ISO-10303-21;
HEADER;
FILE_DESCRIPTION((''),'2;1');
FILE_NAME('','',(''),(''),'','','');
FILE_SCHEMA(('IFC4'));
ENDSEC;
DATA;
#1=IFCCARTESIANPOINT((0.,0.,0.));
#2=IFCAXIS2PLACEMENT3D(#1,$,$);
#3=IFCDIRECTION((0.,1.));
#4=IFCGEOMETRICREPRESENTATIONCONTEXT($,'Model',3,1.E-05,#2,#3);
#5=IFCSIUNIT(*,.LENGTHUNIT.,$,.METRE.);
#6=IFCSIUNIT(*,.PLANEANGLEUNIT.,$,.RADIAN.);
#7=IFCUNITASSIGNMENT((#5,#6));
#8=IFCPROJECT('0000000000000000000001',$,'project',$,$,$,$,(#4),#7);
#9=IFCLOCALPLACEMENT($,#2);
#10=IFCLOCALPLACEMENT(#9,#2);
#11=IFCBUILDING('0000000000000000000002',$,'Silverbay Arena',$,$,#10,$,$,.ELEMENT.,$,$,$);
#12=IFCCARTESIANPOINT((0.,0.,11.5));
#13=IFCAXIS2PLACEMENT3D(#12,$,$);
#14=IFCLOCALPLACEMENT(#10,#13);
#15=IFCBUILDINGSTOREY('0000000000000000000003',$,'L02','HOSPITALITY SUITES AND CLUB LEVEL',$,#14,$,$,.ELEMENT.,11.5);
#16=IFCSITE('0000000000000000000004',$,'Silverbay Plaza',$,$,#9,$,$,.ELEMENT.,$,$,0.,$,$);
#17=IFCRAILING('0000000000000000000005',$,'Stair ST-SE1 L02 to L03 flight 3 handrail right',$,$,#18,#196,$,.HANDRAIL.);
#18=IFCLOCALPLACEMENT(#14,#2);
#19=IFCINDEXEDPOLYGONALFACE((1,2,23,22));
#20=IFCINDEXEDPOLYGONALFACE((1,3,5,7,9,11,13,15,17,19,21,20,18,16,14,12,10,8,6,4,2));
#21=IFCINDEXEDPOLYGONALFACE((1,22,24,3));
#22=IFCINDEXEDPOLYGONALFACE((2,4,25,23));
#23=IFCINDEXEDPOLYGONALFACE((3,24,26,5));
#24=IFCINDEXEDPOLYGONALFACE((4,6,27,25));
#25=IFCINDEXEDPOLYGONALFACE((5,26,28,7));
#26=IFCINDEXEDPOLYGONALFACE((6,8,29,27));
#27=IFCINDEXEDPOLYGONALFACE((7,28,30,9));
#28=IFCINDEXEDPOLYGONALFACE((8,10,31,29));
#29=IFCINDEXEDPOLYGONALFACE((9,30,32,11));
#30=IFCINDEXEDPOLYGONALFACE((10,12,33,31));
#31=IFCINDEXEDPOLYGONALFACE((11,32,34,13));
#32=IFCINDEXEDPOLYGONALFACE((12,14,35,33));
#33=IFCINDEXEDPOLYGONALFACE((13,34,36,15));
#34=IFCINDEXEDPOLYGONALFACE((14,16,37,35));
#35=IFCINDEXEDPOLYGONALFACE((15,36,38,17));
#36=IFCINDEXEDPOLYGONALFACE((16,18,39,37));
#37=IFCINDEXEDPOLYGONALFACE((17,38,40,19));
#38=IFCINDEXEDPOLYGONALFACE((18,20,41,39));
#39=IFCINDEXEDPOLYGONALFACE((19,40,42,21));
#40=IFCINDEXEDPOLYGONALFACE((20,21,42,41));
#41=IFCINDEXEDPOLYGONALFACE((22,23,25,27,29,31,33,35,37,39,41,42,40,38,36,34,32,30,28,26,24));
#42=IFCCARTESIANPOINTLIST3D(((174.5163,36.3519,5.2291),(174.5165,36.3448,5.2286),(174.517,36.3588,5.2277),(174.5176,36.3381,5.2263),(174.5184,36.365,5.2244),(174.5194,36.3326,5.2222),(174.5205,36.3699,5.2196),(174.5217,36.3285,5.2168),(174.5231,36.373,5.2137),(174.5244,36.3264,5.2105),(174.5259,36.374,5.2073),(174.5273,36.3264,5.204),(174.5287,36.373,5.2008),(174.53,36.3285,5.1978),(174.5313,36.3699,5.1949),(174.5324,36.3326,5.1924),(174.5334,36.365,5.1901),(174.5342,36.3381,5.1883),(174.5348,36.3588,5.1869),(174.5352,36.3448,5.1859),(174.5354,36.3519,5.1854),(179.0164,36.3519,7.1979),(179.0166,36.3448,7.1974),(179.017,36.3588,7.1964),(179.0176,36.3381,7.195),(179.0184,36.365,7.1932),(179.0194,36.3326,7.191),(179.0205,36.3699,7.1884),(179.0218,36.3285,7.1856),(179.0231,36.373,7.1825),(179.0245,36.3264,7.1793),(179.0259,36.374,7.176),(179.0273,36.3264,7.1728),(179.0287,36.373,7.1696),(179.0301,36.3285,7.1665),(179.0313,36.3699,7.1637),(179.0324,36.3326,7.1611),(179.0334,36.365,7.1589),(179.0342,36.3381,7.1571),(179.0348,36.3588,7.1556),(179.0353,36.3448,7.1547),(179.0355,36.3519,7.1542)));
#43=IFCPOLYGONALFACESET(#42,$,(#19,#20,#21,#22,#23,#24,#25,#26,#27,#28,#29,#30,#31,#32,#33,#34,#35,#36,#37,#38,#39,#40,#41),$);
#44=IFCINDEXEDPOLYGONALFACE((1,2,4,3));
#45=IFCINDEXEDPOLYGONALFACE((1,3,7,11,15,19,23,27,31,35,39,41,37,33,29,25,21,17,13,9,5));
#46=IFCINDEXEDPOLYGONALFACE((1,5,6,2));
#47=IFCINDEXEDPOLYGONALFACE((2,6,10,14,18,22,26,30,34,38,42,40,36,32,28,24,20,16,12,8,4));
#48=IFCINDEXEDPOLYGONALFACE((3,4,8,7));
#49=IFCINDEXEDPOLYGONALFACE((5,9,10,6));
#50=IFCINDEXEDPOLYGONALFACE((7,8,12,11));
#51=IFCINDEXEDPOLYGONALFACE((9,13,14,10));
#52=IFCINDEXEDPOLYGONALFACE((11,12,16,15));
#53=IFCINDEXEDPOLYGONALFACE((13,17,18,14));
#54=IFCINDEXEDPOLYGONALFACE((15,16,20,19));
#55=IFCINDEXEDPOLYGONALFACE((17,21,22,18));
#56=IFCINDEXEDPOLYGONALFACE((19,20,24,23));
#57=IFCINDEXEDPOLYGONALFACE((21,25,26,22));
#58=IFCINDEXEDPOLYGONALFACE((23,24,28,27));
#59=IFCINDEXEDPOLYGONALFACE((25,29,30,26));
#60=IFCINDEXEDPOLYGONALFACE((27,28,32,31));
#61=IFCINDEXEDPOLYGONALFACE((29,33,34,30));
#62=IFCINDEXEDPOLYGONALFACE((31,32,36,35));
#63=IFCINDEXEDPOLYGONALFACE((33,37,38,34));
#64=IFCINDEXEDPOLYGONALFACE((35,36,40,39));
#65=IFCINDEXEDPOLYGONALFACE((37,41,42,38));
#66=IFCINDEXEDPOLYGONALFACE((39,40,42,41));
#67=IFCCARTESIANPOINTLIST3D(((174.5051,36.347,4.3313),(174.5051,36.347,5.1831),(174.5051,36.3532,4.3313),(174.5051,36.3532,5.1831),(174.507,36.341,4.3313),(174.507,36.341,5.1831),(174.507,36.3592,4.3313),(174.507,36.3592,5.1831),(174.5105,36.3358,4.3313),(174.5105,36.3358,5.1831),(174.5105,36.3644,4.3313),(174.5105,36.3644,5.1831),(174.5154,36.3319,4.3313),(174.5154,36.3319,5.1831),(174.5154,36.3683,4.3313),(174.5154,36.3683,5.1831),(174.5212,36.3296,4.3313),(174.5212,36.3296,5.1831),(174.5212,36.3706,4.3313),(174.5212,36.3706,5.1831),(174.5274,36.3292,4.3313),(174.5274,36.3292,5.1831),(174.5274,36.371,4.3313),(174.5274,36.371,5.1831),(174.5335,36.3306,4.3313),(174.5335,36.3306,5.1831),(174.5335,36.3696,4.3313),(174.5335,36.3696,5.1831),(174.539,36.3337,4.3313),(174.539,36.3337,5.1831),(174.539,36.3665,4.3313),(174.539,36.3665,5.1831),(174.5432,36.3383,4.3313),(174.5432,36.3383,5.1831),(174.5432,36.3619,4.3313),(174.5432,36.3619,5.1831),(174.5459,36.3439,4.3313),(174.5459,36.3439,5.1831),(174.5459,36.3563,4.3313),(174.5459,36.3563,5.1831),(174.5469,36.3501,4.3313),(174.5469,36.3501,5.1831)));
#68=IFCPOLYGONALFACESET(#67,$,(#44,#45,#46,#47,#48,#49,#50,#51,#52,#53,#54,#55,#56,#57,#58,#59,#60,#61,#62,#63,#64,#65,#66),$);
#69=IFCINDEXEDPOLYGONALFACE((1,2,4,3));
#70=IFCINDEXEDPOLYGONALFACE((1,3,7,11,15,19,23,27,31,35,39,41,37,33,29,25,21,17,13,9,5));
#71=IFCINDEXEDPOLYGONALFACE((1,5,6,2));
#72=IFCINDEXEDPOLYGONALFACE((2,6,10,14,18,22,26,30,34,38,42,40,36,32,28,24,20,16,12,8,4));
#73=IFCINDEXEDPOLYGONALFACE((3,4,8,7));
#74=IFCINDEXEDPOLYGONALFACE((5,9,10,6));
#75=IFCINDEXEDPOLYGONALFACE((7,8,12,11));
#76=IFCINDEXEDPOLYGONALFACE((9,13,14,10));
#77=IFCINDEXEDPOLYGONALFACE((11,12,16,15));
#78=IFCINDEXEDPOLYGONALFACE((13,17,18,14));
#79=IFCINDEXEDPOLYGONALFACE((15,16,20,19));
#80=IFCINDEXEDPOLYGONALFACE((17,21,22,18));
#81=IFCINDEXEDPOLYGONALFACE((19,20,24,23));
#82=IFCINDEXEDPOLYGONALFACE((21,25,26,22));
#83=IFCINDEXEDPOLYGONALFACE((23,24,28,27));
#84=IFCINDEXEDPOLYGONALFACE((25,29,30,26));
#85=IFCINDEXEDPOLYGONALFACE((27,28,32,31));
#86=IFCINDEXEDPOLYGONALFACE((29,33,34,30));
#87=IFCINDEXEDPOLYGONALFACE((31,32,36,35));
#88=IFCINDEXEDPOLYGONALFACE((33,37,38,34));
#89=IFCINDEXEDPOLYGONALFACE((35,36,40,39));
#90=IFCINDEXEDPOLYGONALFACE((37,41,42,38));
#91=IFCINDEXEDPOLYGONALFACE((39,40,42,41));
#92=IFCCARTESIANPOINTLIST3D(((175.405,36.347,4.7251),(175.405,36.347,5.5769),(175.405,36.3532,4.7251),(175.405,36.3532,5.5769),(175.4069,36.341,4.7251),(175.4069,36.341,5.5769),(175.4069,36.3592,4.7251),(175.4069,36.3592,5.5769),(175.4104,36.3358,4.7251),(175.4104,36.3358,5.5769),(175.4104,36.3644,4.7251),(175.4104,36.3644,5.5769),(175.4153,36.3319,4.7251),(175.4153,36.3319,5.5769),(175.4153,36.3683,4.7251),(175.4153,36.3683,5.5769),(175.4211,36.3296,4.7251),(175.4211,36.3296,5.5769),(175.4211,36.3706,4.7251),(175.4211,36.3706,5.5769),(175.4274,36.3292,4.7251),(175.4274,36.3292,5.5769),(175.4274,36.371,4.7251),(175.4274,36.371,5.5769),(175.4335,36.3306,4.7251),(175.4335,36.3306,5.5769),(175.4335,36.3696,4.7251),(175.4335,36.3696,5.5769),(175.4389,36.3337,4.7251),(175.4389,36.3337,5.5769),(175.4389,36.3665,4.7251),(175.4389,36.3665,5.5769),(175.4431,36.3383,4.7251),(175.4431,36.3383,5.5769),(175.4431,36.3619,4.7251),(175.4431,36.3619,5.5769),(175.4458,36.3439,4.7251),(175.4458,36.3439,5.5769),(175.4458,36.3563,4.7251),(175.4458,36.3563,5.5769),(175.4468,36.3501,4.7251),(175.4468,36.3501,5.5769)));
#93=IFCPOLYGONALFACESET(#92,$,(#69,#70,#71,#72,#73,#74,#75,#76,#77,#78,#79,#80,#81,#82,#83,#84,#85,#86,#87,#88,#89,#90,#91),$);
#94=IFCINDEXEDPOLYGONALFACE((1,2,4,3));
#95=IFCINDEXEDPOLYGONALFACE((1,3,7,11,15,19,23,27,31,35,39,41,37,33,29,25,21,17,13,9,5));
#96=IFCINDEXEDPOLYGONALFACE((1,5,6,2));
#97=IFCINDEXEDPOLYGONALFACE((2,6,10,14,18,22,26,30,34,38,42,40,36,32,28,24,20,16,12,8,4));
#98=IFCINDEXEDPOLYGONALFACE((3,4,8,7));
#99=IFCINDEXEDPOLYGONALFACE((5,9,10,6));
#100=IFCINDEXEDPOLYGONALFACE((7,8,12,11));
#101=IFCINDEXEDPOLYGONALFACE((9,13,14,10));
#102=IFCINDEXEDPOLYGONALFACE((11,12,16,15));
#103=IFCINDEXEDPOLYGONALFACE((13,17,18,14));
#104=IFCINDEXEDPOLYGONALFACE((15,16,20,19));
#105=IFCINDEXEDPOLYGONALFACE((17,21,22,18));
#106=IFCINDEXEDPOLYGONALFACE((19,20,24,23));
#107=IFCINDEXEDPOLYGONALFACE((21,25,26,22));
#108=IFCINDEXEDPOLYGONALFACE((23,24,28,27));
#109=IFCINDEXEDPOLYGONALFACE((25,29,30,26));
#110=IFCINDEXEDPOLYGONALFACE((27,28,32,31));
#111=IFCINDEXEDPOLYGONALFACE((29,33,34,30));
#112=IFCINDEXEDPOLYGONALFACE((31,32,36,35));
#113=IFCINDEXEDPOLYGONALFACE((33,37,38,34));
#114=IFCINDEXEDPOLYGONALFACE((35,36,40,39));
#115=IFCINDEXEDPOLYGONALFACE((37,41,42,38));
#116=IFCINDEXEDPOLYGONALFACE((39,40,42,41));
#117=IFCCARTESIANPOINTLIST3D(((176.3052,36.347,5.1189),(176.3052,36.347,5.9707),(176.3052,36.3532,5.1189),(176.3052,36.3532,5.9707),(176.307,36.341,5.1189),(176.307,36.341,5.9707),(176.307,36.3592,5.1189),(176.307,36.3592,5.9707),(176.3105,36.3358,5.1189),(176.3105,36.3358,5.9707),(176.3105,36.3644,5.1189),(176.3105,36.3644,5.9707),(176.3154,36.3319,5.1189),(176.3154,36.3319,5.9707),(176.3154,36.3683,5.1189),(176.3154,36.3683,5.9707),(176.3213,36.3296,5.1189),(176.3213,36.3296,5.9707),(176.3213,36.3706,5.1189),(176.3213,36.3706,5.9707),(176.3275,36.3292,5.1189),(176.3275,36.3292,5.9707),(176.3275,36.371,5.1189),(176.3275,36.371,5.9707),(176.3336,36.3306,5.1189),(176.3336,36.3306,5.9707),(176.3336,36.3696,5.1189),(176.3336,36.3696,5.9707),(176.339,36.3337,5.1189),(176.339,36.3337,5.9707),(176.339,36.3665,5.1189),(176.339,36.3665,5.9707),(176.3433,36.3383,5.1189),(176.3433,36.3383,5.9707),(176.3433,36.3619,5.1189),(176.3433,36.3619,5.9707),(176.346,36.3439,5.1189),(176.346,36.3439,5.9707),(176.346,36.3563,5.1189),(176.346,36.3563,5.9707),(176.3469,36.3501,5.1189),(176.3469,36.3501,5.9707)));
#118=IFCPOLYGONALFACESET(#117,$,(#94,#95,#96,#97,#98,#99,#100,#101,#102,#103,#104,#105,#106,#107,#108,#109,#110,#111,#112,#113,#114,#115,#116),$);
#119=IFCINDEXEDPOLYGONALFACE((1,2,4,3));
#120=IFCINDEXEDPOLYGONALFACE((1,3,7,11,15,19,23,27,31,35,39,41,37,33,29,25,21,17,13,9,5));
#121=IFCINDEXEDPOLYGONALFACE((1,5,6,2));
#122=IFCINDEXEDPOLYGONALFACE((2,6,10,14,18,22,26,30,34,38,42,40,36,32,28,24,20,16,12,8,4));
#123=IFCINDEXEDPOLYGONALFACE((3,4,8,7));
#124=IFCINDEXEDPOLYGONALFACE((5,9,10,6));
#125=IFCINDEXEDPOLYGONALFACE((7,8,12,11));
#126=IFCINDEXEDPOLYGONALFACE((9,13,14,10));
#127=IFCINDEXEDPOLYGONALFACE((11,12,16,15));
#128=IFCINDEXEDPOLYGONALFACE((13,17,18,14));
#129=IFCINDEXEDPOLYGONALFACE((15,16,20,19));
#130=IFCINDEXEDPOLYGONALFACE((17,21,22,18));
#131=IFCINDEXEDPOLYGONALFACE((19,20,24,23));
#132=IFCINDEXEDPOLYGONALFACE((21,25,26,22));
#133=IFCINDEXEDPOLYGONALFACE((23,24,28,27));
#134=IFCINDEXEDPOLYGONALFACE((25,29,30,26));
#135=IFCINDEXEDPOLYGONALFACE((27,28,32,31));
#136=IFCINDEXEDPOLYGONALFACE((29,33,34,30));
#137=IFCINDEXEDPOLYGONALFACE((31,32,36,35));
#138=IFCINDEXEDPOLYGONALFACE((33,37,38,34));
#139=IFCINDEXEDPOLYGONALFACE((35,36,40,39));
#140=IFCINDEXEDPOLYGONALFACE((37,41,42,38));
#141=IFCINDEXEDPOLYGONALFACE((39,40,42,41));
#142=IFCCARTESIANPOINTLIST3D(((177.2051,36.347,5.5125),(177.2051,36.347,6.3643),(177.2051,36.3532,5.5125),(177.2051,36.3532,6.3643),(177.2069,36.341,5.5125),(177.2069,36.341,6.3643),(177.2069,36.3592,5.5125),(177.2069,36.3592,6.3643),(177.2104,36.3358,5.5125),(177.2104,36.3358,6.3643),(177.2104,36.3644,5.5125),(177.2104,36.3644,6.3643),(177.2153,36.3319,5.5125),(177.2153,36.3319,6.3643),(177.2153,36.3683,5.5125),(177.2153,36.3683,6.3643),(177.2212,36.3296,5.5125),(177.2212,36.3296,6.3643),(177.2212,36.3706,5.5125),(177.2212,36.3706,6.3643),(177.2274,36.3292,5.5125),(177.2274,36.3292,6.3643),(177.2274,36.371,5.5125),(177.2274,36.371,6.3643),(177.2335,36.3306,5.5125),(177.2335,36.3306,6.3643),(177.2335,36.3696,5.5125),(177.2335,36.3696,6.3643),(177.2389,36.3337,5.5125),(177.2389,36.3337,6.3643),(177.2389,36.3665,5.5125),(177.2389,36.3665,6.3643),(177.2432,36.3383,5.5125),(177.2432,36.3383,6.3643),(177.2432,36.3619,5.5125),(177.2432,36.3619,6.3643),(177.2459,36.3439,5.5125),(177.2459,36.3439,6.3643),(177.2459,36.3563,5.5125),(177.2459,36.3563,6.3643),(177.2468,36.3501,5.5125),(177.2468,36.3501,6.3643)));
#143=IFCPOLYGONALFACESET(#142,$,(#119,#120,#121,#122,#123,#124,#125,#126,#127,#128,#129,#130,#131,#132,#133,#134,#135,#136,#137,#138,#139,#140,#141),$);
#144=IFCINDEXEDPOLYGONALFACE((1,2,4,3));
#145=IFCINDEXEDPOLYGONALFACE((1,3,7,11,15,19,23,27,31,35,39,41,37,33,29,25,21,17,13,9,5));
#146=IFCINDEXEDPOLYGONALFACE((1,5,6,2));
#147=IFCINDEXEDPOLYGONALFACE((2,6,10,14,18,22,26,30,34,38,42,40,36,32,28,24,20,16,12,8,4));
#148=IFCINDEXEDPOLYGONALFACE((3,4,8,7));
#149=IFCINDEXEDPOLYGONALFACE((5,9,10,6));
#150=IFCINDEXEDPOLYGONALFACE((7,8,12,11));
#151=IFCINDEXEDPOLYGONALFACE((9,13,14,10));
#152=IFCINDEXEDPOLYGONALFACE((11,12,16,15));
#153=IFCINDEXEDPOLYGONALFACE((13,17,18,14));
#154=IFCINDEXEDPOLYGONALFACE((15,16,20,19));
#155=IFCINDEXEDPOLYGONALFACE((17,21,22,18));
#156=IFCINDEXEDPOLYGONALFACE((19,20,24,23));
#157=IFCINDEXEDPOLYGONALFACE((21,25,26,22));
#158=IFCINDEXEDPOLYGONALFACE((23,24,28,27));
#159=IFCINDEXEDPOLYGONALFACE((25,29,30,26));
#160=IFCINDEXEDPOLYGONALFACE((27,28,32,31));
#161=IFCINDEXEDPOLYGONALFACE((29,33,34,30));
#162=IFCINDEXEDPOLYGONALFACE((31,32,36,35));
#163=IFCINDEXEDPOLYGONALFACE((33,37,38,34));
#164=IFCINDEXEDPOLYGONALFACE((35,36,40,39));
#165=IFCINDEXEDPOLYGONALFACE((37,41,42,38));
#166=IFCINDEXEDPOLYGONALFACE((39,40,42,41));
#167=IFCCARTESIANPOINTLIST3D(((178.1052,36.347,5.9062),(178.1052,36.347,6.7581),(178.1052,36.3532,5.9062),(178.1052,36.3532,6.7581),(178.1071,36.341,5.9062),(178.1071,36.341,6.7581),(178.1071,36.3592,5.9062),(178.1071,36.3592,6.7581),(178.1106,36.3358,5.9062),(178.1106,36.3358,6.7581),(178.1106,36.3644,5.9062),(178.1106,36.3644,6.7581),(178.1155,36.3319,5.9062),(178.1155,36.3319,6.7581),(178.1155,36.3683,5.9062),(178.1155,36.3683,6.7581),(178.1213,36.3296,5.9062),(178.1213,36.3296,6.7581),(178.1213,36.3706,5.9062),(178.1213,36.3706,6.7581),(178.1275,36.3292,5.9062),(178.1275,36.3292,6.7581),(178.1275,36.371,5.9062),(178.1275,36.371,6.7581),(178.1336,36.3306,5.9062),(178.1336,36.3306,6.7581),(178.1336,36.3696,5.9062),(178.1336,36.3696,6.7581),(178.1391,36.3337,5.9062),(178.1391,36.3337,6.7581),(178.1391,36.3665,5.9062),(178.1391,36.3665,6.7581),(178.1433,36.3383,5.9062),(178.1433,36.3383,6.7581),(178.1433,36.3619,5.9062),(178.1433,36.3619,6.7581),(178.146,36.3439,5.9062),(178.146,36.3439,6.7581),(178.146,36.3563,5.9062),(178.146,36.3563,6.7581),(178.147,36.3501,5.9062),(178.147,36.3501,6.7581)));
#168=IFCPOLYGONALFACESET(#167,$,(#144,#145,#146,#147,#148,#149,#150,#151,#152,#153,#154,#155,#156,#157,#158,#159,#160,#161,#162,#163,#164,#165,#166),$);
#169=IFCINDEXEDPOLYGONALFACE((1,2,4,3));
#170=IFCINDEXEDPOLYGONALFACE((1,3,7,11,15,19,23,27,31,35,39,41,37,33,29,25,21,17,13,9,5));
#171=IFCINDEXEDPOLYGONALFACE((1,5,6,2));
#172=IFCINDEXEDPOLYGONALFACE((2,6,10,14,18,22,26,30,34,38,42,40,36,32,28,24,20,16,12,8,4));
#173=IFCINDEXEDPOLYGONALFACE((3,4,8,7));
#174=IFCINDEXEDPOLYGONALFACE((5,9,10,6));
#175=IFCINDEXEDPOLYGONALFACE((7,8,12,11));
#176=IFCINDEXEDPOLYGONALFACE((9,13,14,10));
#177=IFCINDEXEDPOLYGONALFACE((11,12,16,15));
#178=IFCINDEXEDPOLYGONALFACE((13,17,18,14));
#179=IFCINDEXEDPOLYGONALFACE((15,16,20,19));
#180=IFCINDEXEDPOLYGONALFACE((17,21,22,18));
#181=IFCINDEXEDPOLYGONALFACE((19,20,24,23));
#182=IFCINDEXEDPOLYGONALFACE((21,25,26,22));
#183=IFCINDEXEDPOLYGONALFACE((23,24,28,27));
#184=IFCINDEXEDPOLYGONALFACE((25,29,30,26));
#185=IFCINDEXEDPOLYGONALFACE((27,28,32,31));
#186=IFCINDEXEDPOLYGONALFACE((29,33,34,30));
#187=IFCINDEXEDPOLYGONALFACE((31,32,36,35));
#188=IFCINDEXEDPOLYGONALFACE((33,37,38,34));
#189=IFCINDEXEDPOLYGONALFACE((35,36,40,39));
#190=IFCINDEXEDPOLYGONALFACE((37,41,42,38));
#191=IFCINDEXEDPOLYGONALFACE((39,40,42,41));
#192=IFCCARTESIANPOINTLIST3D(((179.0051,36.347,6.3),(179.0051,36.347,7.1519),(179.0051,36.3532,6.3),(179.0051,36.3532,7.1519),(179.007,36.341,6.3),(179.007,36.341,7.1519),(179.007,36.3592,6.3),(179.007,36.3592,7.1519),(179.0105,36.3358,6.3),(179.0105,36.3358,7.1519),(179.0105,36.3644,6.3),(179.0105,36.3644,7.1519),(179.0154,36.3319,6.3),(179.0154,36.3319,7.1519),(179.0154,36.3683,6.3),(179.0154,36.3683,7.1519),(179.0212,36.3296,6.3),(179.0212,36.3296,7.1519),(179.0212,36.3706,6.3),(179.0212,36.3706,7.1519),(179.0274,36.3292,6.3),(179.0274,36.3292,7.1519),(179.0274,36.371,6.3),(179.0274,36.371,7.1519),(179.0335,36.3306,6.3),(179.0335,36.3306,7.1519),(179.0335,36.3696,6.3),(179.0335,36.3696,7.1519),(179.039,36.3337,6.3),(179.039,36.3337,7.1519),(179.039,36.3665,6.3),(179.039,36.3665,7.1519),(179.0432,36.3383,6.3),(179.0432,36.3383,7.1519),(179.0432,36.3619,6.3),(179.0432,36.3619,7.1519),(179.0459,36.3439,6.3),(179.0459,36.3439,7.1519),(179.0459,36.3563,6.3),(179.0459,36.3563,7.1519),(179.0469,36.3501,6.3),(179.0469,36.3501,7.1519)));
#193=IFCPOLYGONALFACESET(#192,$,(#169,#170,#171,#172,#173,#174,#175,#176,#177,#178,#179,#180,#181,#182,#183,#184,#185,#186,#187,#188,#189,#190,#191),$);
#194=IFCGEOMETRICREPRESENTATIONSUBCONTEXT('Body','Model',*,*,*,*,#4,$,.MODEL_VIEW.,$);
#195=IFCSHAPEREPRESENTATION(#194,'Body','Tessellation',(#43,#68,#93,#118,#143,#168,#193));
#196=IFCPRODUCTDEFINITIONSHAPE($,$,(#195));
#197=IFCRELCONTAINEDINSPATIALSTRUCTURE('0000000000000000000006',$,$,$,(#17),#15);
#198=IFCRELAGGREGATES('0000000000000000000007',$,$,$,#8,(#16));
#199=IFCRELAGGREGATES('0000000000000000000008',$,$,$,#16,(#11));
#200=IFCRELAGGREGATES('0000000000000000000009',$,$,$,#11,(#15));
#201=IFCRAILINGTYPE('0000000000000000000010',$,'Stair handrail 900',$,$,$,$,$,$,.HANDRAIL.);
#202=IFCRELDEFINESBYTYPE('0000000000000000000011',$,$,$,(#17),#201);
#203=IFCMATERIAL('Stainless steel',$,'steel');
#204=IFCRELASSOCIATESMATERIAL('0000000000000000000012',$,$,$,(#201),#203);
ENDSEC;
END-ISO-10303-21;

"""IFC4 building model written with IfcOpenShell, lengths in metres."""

from ifc_helpers import new_model, si_unit, direction, frame, origin, origin_2d, place, context, subcontext, project, spatial, circle, extrude, material, type_object, element, save


model = new_model("IFC4")

# Units and contexts
model_context = context("Model", 3, precision=1e-05, world=origin(), true_north=direction((0.0, 1.0)))
body_context = subcontext(model_context, "Body", "Model", "MODEL_VIEW")
ifc_project = project(units=[si_unit("LENGTHUNIT", "METRE"), si_unit("PLANEANGLEUNIT", "RADIAN")], contexts=[model_context])

# Site, building, storey
site_placement = place(None, origin())
site = spatial("IfcSite", under=ifc_project, at=site_placement, Name="Silverbay Plaza", CompositionType="ELEMENT", RefElevation=0.0)
building_placement = place(site_placement, origin())
building = spatial("IfcBuilding", under=site, at=building_placement, Name="Silverbay Arena", CompositionType="ELEMENT")
storey_placement = place(building_placement, frame((0.0, 0.0, 11.5)))
storey = spatial("IfcBuildingStorey", under=building, at=storey_placement, Name="L02", Description="HOSPITALITY SUITES AND CLUB LEVEL", CompositionType="ELEMENT", Elevation=11.5)

# Railing
ifc_material_1 = material(Name="Stainless steel", Category="steel")
railing_type_1 = type_object("IfcRailingType", Name="Stair handrail 900", PredefinedType="HANDRAIL", material=ifc_material_1)
for number, where, name in (
    (1, (174.5259, 36.3501, 4.3313), "Stair ST-SE1 L02 to L03 flight 3 handrail right"),
):
    element("IfcRailing", number, at=place(storey_placement, frame(where)), inside=storey, type_object=railing_type_1, Name=name, PredefinedType="HANDRAIL", context=body_context, shape_type="SweptSolid", body=[
        extrude(circle(Radius=0.0239, at=origin_2d()), frame((0.0, 0.0, 0.876), z_axis=(0.916157, 0.0, 0.400819), x_axis=(0.0, 1.0, 0.0)), (0.0, 0.0, 1.0), 4.9119),
        extrude(circle(Radius=0.021, at=origin_2d()), origin(), (0.0, 0.0, 1.0), 0.8518),
        extrude(circle(Radius=0.021, at=origin_2d()), frame((0.8999, 0.0, 0.3938)), (0.0, 0.0, 1.0), 0.8518),
        extrude(circle(Radius=0.021, at=origin_2d()), frame((1.8, 0.0, 0.7876)), (0.0, 0.0, 1.0), 0.8518),
        extrude(circle(Radius=0.021, at=origin_2d()), frame((2.7, 0.0, 1.1812)), (0.0, 0.0, 1.0), 0.8518),
        extrude(circle(Radius=0.021, at=origin_2d()), frame((3.6001, 0.0, 1.575)), (0.0, 0.0, 1.0), 0.8518),
        extrude(circle(Radius=0.021, at=origin_2d()), frame((4.5, 0.0, 1.9688)), (0.0, 0.0, 1.0), 0.8518),
    ])

save(model, "model.ifc")
